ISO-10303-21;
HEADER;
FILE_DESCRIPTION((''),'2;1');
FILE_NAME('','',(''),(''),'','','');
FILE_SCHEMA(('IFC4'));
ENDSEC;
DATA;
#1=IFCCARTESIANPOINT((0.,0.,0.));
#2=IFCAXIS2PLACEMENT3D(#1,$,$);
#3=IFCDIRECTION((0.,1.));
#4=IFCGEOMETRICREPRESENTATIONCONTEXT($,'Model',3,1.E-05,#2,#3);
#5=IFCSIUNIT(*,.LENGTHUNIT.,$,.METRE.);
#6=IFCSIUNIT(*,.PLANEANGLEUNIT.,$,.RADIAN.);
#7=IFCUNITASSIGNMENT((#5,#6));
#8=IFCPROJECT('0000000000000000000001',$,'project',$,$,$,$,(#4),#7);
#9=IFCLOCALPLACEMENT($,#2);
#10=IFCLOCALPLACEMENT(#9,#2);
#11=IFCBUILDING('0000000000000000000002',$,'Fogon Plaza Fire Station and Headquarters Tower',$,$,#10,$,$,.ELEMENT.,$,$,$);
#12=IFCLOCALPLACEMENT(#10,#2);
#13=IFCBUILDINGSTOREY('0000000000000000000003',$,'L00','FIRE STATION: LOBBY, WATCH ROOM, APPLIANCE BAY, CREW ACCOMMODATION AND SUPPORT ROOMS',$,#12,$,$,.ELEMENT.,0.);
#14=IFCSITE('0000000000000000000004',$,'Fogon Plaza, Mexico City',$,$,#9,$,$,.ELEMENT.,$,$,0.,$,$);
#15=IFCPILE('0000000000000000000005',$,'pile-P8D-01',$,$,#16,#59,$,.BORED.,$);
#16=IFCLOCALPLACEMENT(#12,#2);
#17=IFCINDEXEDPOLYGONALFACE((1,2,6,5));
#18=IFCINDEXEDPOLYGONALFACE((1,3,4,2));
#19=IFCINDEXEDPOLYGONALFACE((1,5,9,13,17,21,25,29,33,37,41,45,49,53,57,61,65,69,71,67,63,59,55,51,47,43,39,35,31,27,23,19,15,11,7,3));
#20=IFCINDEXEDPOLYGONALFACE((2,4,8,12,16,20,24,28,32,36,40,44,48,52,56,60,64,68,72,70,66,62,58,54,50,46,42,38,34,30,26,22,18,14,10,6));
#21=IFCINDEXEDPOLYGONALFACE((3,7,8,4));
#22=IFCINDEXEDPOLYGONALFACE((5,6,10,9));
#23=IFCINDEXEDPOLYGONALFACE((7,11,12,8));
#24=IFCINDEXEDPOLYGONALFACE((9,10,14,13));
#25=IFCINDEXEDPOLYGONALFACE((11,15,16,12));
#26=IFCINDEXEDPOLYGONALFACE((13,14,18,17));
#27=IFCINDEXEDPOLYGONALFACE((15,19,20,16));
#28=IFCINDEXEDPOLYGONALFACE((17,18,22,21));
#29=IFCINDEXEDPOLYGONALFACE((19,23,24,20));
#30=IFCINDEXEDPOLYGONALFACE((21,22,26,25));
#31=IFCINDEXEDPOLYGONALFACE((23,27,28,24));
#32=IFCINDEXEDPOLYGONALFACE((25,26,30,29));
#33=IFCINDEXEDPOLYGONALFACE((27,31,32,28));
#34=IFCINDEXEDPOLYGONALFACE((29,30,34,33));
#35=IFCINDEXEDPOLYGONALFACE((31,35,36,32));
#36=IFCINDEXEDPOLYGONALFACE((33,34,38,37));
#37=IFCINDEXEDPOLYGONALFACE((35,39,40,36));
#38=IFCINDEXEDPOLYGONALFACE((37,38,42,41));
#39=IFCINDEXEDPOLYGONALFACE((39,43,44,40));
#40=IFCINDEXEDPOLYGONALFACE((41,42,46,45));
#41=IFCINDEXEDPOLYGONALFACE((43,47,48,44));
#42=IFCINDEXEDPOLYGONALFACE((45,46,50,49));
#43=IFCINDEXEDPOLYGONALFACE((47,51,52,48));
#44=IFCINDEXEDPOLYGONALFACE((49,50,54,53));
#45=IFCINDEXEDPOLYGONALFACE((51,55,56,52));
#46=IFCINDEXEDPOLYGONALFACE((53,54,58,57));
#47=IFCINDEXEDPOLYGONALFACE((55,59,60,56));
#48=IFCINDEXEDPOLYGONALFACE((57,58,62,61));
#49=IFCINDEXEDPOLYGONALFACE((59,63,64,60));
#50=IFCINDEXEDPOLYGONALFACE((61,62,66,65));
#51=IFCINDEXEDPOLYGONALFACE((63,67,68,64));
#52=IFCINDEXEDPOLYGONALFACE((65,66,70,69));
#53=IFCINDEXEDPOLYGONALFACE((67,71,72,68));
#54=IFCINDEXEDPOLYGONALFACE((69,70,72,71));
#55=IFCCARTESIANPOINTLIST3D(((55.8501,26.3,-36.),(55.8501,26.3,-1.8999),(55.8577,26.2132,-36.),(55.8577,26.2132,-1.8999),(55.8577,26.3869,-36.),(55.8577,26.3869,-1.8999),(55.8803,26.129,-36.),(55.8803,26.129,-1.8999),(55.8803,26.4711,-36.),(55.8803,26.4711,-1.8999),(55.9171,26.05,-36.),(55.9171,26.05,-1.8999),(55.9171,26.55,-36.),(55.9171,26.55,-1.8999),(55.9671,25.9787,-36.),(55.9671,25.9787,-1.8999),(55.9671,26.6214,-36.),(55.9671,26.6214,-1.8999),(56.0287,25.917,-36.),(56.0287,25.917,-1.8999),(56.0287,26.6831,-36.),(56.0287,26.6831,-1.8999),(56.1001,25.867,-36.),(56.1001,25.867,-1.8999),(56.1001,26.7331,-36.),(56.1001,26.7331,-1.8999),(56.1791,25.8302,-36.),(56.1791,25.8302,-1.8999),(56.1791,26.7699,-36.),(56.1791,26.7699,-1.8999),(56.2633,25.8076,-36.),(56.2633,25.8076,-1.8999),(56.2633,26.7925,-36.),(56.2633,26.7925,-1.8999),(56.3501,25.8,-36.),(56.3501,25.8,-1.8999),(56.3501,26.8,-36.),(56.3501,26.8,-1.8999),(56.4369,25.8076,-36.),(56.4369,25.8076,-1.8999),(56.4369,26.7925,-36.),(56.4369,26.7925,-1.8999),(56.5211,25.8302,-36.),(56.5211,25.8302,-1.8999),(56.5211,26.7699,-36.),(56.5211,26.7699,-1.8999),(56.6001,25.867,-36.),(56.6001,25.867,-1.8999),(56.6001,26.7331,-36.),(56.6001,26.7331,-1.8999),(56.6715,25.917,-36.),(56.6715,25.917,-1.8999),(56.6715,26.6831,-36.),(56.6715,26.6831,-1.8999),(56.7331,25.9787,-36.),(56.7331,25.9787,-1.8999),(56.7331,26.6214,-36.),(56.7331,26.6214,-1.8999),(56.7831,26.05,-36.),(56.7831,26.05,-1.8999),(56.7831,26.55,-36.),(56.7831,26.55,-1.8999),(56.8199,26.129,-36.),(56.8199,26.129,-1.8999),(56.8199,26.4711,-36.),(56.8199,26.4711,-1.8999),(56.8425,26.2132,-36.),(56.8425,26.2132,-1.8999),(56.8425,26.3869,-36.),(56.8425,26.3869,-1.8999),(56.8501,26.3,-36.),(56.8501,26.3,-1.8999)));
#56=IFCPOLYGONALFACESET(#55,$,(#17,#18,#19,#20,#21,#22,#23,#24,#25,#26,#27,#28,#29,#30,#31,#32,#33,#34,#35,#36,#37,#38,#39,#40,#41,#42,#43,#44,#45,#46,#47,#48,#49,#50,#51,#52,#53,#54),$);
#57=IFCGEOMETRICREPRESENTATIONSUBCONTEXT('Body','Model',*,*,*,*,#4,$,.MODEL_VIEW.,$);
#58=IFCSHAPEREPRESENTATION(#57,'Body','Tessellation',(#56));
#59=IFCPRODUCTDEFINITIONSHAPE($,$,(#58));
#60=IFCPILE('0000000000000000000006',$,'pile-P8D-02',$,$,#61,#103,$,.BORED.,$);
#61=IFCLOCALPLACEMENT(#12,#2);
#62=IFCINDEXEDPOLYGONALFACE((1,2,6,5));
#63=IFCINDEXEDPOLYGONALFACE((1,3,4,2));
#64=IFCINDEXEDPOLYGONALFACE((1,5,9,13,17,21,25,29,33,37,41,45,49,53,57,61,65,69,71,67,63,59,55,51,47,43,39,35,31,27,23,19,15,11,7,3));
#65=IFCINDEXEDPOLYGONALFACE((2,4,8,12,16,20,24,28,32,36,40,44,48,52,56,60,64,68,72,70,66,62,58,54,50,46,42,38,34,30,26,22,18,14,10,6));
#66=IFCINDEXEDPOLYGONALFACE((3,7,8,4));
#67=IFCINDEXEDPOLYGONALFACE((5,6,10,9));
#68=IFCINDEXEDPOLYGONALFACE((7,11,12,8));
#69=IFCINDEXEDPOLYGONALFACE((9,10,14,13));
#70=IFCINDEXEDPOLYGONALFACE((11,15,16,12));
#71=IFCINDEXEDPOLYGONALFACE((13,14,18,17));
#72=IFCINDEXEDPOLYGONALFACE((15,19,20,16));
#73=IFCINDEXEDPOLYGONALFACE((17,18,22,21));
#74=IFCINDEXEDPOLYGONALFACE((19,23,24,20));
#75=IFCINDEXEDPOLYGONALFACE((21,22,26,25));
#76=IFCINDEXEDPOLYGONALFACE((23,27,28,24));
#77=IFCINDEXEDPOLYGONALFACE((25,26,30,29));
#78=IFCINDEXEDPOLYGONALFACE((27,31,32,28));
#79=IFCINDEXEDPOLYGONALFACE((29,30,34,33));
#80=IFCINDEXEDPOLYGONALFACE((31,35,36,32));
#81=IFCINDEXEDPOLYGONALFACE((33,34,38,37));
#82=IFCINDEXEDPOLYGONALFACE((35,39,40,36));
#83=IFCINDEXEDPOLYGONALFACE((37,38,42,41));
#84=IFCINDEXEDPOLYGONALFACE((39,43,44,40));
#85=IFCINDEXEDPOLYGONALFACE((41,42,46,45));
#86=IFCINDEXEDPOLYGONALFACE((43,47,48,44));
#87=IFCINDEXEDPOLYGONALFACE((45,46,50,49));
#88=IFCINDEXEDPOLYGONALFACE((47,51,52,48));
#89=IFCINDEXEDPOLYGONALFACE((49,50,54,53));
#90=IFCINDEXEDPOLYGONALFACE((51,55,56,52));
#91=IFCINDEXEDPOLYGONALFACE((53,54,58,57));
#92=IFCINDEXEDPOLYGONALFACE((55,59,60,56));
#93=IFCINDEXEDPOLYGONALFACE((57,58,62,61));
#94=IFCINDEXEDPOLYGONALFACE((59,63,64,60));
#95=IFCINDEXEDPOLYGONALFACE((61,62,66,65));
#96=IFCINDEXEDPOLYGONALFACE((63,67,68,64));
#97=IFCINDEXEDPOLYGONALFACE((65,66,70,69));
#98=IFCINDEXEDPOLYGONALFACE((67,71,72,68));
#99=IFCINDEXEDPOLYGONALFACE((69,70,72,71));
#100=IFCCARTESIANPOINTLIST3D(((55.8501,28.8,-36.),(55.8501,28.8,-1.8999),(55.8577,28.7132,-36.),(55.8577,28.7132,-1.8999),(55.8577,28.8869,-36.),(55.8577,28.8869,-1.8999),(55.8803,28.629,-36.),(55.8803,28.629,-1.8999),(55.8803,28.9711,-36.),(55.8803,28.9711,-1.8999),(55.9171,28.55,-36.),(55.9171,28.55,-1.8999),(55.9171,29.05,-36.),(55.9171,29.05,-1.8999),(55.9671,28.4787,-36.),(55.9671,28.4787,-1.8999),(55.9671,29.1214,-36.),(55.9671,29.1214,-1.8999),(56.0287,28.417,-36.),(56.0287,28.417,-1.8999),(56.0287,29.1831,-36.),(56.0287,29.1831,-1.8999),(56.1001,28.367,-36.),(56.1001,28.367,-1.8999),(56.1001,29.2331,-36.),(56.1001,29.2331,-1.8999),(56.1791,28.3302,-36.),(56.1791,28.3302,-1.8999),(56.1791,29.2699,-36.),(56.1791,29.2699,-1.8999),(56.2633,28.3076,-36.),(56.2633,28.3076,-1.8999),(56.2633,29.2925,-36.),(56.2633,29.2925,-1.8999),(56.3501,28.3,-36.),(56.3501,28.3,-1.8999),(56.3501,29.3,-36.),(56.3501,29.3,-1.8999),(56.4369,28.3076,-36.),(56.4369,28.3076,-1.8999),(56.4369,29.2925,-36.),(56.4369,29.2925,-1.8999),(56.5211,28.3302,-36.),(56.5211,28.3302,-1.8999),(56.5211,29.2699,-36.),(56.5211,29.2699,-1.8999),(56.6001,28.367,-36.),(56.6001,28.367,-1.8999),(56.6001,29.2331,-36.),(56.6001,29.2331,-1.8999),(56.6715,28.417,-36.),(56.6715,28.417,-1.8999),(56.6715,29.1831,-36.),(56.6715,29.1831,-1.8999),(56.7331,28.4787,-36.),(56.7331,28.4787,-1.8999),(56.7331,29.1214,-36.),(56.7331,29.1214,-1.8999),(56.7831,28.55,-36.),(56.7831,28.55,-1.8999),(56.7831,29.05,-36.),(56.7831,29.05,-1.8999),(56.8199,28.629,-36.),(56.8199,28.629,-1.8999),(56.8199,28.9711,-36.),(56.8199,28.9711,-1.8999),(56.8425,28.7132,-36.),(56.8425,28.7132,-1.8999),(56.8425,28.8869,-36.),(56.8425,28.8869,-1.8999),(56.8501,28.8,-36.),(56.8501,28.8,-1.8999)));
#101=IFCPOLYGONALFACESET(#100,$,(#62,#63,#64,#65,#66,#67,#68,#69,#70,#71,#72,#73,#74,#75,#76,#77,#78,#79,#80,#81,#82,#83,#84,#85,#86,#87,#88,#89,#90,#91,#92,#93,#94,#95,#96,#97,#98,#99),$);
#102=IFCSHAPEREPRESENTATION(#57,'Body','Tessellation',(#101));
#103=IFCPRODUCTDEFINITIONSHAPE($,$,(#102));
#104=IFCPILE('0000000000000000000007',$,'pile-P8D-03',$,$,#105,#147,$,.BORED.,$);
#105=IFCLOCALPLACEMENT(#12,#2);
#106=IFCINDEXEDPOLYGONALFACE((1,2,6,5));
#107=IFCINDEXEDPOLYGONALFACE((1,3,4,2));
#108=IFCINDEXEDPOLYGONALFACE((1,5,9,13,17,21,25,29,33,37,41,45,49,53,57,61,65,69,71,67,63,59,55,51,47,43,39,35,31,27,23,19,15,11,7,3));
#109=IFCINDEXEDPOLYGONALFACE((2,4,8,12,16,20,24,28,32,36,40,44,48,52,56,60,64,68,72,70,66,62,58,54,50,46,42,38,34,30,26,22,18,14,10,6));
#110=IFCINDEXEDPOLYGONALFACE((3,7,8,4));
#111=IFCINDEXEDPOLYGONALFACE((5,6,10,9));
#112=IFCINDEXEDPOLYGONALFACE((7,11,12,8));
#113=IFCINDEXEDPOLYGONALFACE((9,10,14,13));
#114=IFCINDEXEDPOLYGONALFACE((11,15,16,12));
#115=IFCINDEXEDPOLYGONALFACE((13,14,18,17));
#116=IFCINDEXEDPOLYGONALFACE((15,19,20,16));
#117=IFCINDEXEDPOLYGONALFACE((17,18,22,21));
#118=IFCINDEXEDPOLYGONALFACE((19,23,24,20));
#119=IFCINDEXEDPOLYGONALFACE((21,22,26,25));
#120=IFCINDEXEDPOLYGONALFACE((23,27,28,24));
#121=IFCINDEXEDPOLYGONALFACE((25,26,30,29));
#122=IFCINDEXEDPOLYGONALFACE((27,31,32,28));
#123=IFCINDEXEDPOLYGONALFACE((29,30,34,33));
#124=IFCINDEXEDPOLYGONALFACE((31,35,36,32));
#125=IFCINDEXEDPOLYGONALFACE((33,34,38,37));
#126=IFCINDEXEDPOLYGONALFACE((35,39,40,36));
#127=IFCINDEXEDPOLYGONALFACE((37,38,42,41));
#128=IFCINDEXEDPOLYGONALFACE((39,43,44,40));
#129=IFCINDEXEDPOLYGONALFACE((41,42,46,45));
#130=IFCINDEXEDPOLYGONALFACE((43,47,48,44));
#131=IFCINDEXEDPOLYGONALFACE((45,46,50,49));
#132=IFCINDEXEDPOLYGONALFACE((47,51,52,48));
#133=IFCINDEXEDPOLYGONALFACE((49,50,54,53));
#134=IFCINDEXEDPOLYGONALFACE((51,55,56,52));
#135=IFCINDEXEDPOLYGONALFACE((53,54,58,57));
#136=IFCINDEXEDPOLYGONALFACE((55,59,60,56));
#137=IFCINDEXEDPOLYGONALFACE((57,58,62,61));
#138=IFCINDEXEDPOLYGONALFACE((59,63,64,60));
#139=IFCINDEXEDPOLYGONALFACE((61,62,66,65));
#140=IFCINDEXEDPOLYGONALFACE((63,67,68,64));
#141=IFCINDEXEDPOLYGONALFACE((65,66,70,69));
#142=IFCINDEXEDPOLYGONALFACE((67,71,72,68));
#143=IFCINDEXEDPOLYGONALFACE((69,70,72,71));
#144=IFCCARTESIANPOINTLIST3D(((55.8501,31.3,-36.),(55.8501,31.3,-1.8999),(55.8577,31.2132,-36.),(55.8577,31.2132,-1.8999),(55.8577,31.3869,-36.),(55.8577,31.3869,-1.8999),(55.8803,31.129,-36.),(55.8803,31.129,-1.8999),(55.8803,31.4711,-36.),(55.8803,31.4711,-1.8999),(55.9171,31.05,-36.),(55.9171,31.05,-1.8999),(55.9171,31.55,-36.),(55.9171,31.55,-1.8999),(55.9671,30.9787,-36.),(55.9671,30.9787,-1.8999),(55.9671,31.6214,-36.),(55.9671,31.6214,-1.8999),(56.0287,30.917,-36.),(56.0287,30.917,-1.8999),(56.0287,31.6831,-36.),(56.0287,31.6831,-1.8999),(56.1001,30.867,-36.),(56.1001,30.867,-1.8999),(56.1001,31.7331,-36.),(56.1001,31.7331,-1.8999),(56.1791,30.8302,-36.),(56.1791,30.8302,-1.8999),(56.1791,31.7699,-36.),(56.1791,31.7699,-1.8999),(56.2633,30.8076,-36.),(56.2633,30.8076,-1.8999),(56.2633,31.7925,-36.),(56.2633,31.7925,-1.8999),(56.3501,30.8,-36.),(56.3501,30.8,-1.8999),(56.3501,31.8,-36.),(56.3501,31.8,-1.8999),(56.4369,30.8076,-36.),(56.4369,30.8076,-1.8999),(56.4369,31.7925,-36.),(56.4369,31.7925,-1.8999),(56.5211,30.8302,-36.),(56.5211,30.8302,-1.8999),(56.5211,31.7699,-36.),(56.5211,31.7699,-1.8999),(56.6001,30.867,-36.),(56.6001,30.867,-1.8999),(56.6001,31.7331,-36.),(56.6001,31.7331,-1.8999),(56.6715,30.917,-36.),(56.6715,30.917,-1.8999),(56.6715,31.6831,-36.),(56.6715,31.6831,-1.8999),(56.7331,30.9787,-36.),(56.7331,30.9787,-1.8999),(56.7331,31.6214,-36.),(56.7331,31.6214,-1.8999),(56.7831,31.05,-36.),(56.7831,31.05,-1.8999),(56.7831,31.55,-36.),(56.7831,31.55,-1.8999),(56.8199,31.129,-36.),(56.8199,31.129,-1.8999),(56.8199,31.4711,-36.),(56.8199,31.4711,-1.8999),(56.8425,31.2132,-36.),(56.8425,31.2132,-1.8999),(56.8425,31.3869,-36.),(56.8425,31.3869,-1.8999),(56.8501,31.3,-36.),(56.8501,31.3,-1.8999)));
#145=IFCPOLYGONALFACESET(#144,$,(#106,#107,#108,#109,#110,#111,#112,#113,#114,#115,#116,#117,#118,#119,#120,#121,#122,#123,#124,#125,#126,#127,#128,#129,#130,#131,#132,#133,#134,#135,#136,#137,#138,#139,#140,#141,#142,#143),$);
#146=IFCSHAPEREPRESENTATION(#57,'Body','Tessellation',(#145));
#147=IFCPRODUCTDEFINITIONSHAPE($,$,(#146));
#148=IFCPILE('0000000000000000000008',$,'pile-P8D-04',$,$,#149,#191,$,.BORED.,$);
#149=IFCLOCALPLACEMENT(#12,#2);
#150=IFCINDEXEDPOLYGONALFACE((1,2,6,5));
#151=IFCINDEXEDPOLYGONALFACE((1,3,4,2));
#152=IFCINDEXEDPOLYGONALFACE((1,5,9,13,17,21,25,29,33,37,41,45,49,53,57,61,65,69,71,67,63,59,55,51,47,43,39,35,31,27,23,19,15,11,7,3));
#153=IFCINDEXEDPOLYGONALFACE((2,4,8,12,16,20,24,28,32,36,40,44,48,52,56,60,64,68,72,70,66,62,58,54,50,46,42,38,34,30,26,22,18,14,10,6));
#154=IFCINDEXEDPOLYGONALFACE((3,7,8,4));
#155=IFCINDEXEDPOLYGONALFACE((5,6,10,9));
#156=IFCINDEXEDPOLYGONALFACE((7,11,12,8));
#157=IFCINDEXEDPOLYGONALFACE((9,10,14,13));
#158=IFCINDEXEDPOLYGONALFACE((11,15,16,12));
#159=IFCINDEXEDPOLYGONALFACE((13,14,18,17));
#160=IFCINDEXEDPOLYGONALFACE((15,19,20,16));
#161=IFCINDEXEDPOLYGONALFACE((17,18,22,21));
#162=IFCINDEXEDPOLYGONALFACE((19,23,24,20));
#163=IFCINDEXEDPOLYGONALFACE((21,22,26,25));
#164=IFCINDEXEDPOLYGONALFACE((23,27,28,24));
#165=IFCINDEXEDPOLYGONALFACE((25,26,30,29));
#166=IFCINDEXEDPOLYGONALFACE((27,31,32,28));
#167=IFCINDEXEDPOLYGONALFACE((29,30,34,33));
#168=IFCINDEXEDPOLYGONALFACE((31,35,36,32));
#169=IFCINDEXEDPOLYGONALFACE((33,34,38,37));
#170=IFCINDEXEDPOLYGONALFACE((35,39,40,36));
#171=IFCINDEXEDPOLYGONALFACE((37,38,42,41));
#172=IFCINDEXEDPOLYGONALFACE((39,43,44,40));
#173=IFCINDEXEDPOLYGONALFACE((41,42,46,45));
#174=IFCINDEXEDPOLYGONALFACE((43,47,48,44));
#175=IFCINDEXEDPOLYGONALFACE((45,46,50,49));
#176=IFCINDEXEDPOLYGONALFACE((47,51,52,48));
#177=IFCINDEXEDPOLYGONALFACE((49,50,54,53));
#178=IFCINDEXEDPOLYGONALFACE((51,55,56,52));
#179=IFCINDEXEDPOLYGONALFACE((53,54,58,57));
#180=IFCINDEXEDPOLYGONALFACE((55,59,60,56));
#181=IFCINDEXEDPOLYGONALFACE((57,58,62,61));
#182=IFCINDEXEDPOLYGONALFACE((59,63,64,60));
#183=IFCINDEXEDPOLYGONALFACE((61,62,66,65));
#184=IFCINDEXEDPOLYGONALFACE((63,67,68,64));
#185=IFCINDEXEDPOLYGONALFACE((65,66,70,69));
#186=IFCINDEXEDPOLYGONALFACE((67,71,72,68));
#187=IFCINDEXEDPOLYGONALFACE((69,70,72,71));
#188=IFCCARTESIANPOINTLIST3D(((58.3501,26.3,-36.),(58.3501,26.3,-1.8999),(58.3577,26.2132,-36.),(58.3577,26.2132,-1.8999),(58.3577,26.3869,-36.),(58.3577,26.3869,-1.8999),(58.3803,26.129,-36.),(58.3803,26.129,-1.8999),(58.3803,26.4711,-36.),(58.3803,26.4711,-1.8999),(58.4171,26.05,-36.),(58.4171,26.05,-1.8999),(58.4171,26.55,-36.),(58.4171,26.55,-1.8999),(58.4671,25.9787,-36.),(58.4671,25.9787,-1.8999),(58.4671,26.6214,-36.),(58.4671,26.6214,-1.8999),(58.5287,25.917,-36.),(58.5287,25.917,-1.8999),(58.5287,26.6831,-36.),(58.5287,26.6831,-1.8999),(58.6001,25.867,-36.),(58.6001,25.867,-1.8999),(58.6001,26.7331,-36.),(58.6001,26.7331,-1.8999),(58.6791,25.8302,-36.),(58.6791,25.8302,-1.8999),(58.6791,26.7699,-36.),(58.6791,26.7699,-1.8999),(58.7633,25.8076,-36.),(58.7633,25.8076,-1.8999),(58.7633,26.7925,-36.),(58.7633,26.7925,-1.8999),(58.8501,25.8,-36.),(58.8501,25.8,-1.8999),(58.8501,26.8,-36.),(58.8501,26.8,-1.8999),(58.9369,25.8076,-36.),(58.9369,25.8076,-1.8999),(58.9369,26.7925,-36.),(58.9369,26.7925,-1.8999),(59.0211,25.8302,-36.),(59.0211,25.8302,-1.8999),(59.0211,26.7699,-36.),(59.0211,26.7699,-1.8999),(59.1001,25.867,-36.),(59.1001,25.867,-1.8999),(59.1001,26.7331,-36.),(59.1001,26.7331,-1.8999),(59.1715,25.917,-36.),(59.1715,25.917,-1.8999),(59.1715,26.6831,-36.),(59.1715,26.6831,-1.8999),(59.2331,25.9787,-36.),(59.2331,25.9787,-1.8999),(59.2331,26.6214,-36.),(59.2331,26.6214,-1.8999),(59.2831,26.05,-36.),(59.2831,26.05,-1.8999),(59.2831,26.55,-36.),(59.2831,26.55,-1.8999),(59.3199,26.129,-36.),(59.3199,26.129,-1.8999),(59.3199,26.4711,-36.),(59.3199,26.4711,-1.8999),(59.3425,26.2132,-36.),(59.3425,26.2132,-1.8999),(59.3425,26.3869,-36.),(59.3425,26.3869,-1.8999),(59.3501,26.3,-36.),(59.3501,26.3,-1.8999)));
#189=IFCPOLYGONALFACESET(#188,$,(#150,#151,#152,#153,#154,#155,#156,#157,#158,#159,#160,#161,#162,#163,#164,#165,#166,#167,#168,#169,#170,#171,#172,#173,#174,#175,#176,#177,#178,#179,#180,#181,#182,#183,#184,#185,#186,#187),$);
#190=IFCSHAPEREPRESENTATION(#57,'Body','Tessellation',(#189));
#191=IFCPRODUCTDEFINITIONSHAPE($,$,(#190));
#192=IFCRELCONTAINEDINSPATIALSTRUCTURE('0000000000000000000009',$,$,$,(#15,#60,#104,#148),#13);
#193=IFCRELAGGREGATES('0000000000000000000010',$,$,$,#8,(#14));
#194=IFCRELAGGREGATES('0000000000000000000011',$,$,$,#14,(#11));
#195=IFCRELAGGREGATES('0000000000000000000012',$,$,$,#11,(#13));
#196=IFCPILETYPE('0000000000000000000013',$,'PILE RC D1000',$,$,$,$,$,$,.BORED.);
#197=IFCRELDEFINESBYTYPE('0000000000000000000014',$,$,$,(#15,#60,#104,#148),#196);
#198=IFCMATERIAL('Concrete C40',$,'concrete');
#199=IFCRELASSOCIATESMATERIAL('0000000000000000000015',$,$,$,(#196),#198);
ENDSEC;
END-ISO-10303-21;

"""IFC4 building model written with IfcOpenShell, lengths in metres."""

from ifc_helpers import new_model, si_unit, direction, frame, origin, origin_2d, place, context, subcontext, project, spatial, circle, extrude, material, material_profile, profile_set, type_object, element, save


model = new_model("IFC4")

# Units and contexts
model_context = context("Model", 3, precision=1e-05, world=origin(), true_north=direction((0.0, 1.0)))
body_context = subcontext(model_context, "Body", "Model", "MODEL_VIEW")
ifc_project = project(units=[si_unit("LENGTHUNIT", "METRE"), si_unit("PLANEANGLEUNIT", "RADIAN")], contexts=[model_context])

# Site, building, storey
site_placement = place(None, origin())
site = spatial("IfcSite", under=ifc_project, at=site_placement, Name="Fogon Plaza, Mexico City", CompositionType="ELEMENT", RefElevation=0.0)
building_placement = place(site_placement, origin())
building = spatial("IfcBuilding", under=site, at=building_placement, Name="Fogon Plaza Fire Station and Headquarters Tower", CompositionType="ELEMENT")
storey_placement = place(building_placement, origin())
storey = spatial("IfcBuildingStorey", under=building, at=storey_placement, Name="L00", Description="FIRE STATION: LOBBY, WATCH ROOM, APPLIANCE BAY, CREW ACCOMMODATION AND SUPPORT ROOMS", CompositionType="ELEMENT", Elevation=0.0)

# Piles
ifc_material_1 = material(Name="Concrete C40", Category="concrete")
ifc_material_profile_1 = material_profile(ifc_material_1, circle(Radius=0.5, at=origin_2d()), Name="RC D1000")
ifc_profile_set_1 = profile_set([ifc_material_profile_1], Name="Concrete C40")
pile_type = type_object("IfcPileType", Name="PILE RC D1000", PredefinedType="BORED", material=ifc_profile_set_1)
for number, where, z_axis, x_axis, name in (
    (1, (56.3501, 26.3, -1.8999), (0.0, 0.0, -1.0), (1.0, 0.0, 0.0), "pile-P8D-01"),
    (2, (56.3501, 28.8, -1.8999), (0.0, 0.0, -1.0), (1.0, 0.0, 0.0), "pile-P8D-02"),
    (3, (56.3501, 31.3, -1.8999), (0.0, 0.0, -1.0), (1.0, 0.0, 0.0), "pile-P8D-03"),
    (4, (58.8501, 26.3, -1.8999), (0.0, 0.0, -1.0), (1.0, 0.0, 0.0), "pile-P8D-04"),
):
    element("IfcPile", number, at=place(storey_placement, frame(where, z_axis=z_axis, x_axis=x_axis)), inside=storey, type_object=pile_type, Name=name, PredefinedType="BORED", context=body_context, shape_type="SweptSolid", body=[
        extrude(circle(Radius=0.5, at=origin_2d()), origin(), (0.0, 0.0, 1.0), 34.1001),
    ])

save(model, "model.ifc")
